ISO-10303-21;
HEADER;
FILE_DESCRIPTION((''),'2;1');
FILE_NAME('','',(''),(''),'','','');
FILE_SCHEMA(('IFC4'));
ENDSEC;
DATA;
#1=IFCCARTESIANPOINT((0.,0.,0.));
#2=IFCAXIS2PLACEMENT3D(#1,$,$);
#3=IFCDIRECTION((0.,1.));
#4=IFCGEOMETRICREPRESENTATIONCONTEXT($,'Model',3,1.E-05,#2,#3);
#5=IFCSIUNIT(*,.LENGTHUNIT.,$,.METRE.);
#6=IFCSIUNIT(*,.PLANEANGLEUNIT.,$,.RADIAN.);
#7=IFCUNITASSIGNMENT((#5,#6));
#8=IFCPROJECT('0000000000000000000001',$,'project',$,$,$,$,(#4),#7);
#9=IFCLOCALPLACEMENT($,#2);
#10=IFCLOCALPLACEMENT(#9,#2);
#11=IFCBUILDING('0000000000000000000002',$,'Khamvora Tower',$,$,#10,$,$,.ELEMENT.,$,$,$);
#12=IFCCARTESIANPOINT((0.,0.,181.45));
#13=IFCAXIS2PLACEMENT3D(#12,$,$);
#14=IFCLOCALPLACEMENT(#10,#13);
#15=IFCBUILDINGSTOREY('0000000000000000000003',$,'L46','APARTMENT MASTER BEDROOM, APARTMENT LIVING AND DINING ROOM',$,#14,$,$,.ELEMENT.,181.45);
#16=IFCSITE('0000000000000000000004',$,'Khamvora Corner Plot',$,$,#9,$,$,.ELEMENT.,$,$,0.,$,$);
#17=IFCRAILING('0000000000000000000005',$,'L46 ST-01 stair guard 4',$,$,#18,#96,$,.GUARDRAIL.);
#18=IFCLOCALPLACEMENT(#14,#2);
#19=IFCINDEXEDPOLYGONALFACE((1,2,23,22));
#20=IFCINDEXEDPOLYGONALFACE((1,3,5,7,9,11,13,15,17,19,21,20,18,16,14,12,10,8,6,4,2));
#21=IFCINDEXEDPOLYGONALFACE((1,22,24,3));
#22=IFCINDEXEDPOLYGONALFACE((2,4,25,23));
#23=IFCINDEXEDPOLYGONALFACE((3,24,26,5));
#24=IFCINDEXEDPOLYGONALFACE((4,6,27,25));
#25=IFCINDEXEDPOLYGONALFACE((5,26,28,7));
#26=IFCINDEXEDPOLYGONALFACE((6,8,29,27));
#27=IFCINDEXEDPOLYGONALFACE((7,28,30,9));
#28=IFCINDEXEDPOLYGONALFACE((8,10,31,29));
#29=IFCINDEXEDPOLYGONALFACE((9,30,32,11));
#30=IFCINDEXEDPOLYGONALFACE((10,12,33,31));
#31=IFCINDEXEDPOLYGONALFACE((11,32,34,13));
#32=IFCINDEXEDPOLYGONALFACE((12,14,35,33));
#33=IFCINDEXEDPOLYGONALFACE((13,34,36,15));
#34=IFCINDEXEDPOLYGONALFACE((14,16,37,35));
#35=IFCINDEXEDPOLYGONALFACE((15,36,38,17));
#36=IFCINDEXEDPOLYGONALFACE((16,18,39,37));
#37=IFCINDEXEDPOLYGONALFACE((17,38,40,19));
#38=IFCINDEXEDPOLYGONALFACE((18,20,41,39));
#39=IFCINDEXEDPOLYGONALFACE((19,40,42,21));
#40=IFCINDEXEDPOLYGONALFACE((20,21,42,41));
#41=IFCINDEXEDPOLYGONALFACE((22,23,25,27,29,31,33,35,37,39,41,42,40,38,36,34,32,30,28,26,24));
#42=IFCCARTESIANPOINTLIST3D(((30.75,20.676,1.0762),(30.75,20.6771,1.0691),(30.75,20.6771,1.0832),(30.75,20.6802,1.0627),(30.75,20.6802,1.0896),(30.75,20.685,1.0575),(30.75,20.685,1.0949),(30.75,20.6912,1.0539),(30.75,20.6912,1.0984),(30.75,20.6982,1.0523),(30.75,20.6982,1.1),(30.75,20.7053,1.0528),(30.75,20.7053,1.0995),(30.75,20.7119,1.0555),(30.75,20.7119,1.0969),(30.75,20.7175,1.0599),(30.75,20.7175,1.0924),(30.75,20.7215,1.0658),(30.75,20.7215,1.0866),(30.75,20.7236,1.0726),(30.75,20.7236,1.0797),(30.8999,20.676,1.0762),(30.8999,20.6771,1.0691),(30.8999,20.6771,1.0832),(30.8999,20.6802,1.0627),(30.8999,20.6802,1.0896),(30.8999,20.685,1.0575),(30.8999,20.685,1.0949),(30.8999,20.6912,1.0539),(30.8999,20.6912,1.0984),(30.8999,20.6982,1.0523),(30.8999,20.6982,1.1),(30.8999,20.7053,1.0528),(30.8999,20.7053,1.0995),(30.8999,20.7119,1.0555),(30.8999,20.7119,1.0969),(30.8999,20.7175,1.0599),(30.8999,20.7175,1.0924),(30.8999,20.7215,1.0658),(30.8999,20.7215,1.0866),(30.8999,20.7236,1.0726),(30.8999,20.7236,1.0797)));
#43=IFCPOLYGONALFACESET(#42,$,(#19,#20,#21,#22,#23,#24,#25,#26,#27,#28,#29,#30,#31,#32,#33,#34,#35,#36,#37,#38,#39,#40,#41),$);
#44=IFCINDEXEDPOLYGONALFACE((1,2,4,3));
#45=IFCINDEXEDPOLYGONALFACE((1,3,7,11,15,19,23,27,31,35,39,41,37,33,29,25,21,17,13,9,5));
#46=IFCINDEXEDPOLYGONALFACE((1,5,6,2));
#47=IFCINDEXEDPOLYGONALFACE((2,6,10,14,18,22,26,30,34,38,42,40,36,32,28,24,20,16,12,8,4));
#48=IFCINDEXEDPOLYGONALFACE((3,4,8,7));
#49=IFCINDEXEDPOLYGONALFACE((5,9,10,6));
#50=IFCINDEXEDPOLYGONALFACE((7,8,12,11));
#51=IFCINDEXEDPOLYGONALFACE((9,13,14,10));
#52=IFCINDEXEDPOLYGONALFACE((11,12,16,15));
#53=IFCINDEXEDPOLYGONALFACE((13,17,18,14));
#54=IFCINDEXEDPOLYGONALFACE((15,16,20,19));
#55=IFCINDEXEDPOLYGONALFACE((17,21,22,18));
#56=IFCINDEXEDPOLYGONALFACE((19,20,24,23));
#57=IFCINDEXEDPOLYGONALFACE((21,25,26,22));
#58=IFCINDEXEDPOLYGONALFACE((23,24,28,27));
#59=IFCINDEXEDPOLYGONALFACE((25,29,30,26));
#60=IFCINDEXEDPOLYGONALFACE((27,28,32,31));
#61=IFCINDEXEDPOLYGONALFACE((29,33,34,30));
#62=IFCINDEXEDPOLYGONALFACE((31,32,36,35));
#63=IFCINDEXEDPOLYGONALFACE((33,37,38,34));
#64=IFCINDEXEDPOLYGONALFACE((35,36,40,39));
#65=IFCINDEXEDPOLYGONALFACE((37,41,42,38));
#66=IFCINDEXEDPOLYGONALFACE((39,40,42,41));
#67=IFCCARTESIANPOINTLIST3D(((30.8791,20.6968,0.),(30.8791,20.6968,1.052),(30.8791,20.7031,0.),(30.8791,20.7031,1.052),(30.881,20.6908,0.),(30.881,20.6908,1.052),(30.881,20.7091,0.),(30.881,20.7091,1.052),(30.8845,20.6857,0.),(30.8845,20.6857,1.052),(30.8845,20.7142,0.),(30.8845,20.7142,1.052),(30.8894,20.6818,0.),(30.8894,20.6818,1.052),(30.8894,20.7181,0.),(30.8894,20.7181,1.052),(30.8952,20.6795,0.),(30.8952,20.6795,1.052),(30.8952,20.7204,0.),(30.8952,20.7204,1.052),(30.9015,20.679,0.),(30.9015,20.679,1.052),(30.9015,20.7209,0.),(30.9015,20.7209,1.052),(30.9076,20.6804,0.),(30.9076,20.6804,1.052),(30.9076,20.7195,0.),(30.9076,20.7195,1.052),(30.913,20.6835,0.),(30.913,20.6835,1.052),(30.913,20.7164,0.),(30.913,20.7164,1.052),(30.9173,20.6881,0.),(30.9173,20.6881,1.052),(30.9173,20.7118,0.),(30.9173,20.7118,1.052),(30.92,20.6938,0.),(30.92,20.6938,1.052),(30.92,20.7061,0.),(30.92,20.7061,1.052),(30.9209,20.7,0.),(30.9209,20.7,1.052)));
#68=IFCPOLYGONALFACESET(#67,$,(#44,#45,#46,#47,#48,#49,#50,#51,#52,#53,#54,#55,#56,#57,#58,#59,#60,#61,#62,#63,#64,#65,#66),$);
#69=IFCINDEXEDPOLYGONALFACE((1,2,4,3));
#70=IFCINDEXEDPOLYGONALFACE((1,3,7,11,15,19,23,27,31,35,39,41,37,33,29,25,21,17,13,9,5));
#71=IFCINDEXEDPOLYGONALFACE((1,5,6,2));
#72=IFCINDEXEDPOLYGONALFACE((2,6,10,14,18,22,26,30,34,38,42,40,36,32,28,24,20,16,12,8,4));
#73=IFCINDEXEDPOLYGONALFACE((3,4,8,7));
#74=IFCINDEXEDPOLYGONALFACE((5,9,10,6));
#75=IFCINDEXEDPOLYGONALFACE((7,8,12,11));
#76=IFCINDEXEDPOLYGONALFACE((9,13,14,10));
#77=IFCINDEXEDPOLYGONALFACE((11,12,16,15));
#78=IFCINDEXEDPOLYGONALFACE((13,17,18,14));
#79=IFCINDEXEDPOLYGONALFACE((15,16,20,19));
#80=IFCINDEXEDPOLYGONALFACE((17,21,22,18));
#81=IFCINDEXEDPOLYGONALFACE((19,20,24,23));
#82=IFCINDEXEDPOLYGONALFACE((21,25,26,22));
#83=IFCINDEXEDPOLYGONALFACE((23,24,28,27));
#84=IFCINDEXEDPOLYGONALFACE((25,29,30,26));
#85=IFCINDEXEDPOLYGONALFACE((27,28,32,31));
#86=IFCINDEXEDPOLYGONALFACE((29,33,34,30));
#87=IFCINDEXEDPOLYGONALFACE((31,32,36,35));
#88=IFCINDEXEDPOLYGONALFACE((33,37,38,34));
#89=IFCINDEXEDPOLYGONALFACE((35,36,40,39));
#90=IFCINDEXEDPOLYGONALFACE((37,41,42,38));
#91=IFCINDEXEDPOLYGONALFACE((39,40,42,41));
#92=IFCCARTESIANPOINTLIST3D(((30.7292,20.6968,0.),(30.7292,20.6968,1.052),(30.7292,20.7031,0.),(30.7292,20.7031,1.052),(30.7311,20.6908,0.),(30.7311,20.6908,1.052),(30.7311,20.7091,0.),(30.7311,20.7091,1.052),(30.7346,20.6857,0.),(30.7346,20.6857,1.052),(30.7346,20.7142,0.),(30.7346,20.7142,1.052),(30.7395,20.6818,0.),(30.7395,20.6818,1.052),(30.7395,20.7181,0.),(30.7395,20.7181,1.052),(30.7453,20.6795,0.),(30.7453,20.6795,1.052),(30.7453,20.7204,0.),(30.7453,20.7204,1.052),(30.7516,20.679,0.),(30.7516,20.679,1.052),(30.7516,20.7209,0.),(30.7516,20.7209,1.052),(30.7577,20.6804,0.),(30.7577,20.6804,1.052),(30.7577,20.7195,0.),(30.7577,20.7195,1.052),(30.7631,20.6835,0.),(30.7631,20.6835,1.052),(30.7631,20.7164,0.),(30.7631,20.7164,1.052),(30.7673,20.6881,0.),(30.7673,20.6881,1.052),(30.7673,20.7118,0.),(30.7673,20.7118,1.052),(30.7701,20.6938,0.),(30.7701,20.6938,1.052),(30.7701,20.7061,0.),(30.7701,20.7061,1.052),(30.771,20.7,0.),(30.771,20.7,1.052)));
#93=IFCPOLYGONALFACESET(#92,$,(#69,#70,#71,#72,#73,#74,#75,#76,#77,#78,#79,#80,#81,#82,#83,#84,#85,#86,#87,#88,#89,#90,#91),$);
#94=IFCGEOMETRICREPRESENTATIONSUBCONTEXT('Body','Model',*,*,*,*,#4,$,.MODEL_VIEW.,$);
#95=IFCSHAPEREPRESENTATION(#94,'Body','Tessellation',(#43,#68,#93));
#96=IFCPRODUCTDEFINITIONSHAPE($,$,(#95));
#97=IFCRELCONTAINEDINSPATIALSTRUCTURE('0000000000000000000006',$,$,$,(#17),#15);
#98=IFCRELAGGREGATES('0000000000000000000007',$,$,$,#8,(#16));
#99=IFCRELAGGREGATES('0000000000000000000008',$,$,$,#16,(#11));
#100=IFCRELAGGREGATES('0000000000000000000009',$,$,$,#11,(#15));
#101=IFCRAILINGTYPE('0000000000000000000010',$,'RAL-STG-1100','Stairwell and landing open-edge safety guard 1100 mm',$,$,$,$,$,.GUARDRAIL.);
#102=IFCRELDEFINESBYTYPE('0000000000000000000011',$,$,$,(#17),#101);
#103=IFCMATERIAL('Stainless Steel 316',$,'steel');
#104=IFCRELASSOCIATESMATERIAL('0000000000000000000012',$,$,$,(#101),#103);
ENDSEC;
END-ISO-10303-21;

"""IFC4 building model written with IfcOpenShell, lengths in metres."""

from ifc_helpers import new_model, si_unit, direction, frame, origin, origin_2d, place, context, subcontext, project, spatial, circle, extrude, material, type_object, element, save


model = new_model("IFC4")

# Units and contexts
model_context = context("Model", 3, precision=1e-05, world=origin(), true_north=direction((0.0, 1.0)))
body_context = subcontext(model_context, "Body", "Model", "MODEL_VIEW")
ifc_project = project(units=[si_unit("LENGTHUNIT", "METRE"), si_unit("PLANEANGLEUNIT", "RADIAN")], contexts=[model_context])

# Site, building, storey
site_placement = place(None, origin())
site = spatial("IfcSite", under=ifc_project, at=site_placement, Name="Khamvora Corner Plot", CompositionType="ELEMENT", RefElevation=0.0)
building_placement = place(site_placement, origin())
building = spatial("IfcBuilding", under=site, at=building_placement, Name="Khamvora Tower", CompositionType="ELEMENT")
storey_placement = place(building_placement, frame((0.0, 0.0, 181.45)))
storey = spatial("IfcBuildingStorey", under=building, at=storey_placement, Name="L46", Description="APARTMENT MASTER BEDROOM, APARTMENT LIVING AND DINING ROOM", CompositionType="ELEMENT", Elevation=181.45)

# Railing
ifc_material_1 = material(Name="Stainless Steel 316", Category="steel")
railing_type = type_object("IfcRailingType", Name="RAL-STG-1100", Description="Stairwell and landing open-edge safety guard 1100 mm", PredefinedType="GUARDRAIL", material=ifc_material_1)
railing_placement = place(storey_placement, frame((30.8999, 20.7, 0.0)))
element("IfcRailing", 1, at=railing_placement, inside=storey, type_object=railing_type, Name="L46 ST-01 stair guard 4", PredefinedType="GUARDRAIL", context=body_context, shape_type="SweptSolid", body=[
    extrude(circle(Radius=0.0239, at=origin_2d()), frame((0.0, 0.0, 1.0762), z_axis=(-1.0, 0.0, 0.0), x_axis=(0.0, -1.0, 0.0)), (0.0, 0.0, 1.0), 0.1499),
    extrude(circle(Radius=0.021, at=origin_2d()), origin(), (0.0, 0.0, 1.0), 1.052),
    extrude(circle(Radius=0.021, at=origin_2d()), frame((-0.1499, 0.0, 0.0)), (0.0, 0.0, 1.0), 1.052),
])

save(model, "model.ifc")
